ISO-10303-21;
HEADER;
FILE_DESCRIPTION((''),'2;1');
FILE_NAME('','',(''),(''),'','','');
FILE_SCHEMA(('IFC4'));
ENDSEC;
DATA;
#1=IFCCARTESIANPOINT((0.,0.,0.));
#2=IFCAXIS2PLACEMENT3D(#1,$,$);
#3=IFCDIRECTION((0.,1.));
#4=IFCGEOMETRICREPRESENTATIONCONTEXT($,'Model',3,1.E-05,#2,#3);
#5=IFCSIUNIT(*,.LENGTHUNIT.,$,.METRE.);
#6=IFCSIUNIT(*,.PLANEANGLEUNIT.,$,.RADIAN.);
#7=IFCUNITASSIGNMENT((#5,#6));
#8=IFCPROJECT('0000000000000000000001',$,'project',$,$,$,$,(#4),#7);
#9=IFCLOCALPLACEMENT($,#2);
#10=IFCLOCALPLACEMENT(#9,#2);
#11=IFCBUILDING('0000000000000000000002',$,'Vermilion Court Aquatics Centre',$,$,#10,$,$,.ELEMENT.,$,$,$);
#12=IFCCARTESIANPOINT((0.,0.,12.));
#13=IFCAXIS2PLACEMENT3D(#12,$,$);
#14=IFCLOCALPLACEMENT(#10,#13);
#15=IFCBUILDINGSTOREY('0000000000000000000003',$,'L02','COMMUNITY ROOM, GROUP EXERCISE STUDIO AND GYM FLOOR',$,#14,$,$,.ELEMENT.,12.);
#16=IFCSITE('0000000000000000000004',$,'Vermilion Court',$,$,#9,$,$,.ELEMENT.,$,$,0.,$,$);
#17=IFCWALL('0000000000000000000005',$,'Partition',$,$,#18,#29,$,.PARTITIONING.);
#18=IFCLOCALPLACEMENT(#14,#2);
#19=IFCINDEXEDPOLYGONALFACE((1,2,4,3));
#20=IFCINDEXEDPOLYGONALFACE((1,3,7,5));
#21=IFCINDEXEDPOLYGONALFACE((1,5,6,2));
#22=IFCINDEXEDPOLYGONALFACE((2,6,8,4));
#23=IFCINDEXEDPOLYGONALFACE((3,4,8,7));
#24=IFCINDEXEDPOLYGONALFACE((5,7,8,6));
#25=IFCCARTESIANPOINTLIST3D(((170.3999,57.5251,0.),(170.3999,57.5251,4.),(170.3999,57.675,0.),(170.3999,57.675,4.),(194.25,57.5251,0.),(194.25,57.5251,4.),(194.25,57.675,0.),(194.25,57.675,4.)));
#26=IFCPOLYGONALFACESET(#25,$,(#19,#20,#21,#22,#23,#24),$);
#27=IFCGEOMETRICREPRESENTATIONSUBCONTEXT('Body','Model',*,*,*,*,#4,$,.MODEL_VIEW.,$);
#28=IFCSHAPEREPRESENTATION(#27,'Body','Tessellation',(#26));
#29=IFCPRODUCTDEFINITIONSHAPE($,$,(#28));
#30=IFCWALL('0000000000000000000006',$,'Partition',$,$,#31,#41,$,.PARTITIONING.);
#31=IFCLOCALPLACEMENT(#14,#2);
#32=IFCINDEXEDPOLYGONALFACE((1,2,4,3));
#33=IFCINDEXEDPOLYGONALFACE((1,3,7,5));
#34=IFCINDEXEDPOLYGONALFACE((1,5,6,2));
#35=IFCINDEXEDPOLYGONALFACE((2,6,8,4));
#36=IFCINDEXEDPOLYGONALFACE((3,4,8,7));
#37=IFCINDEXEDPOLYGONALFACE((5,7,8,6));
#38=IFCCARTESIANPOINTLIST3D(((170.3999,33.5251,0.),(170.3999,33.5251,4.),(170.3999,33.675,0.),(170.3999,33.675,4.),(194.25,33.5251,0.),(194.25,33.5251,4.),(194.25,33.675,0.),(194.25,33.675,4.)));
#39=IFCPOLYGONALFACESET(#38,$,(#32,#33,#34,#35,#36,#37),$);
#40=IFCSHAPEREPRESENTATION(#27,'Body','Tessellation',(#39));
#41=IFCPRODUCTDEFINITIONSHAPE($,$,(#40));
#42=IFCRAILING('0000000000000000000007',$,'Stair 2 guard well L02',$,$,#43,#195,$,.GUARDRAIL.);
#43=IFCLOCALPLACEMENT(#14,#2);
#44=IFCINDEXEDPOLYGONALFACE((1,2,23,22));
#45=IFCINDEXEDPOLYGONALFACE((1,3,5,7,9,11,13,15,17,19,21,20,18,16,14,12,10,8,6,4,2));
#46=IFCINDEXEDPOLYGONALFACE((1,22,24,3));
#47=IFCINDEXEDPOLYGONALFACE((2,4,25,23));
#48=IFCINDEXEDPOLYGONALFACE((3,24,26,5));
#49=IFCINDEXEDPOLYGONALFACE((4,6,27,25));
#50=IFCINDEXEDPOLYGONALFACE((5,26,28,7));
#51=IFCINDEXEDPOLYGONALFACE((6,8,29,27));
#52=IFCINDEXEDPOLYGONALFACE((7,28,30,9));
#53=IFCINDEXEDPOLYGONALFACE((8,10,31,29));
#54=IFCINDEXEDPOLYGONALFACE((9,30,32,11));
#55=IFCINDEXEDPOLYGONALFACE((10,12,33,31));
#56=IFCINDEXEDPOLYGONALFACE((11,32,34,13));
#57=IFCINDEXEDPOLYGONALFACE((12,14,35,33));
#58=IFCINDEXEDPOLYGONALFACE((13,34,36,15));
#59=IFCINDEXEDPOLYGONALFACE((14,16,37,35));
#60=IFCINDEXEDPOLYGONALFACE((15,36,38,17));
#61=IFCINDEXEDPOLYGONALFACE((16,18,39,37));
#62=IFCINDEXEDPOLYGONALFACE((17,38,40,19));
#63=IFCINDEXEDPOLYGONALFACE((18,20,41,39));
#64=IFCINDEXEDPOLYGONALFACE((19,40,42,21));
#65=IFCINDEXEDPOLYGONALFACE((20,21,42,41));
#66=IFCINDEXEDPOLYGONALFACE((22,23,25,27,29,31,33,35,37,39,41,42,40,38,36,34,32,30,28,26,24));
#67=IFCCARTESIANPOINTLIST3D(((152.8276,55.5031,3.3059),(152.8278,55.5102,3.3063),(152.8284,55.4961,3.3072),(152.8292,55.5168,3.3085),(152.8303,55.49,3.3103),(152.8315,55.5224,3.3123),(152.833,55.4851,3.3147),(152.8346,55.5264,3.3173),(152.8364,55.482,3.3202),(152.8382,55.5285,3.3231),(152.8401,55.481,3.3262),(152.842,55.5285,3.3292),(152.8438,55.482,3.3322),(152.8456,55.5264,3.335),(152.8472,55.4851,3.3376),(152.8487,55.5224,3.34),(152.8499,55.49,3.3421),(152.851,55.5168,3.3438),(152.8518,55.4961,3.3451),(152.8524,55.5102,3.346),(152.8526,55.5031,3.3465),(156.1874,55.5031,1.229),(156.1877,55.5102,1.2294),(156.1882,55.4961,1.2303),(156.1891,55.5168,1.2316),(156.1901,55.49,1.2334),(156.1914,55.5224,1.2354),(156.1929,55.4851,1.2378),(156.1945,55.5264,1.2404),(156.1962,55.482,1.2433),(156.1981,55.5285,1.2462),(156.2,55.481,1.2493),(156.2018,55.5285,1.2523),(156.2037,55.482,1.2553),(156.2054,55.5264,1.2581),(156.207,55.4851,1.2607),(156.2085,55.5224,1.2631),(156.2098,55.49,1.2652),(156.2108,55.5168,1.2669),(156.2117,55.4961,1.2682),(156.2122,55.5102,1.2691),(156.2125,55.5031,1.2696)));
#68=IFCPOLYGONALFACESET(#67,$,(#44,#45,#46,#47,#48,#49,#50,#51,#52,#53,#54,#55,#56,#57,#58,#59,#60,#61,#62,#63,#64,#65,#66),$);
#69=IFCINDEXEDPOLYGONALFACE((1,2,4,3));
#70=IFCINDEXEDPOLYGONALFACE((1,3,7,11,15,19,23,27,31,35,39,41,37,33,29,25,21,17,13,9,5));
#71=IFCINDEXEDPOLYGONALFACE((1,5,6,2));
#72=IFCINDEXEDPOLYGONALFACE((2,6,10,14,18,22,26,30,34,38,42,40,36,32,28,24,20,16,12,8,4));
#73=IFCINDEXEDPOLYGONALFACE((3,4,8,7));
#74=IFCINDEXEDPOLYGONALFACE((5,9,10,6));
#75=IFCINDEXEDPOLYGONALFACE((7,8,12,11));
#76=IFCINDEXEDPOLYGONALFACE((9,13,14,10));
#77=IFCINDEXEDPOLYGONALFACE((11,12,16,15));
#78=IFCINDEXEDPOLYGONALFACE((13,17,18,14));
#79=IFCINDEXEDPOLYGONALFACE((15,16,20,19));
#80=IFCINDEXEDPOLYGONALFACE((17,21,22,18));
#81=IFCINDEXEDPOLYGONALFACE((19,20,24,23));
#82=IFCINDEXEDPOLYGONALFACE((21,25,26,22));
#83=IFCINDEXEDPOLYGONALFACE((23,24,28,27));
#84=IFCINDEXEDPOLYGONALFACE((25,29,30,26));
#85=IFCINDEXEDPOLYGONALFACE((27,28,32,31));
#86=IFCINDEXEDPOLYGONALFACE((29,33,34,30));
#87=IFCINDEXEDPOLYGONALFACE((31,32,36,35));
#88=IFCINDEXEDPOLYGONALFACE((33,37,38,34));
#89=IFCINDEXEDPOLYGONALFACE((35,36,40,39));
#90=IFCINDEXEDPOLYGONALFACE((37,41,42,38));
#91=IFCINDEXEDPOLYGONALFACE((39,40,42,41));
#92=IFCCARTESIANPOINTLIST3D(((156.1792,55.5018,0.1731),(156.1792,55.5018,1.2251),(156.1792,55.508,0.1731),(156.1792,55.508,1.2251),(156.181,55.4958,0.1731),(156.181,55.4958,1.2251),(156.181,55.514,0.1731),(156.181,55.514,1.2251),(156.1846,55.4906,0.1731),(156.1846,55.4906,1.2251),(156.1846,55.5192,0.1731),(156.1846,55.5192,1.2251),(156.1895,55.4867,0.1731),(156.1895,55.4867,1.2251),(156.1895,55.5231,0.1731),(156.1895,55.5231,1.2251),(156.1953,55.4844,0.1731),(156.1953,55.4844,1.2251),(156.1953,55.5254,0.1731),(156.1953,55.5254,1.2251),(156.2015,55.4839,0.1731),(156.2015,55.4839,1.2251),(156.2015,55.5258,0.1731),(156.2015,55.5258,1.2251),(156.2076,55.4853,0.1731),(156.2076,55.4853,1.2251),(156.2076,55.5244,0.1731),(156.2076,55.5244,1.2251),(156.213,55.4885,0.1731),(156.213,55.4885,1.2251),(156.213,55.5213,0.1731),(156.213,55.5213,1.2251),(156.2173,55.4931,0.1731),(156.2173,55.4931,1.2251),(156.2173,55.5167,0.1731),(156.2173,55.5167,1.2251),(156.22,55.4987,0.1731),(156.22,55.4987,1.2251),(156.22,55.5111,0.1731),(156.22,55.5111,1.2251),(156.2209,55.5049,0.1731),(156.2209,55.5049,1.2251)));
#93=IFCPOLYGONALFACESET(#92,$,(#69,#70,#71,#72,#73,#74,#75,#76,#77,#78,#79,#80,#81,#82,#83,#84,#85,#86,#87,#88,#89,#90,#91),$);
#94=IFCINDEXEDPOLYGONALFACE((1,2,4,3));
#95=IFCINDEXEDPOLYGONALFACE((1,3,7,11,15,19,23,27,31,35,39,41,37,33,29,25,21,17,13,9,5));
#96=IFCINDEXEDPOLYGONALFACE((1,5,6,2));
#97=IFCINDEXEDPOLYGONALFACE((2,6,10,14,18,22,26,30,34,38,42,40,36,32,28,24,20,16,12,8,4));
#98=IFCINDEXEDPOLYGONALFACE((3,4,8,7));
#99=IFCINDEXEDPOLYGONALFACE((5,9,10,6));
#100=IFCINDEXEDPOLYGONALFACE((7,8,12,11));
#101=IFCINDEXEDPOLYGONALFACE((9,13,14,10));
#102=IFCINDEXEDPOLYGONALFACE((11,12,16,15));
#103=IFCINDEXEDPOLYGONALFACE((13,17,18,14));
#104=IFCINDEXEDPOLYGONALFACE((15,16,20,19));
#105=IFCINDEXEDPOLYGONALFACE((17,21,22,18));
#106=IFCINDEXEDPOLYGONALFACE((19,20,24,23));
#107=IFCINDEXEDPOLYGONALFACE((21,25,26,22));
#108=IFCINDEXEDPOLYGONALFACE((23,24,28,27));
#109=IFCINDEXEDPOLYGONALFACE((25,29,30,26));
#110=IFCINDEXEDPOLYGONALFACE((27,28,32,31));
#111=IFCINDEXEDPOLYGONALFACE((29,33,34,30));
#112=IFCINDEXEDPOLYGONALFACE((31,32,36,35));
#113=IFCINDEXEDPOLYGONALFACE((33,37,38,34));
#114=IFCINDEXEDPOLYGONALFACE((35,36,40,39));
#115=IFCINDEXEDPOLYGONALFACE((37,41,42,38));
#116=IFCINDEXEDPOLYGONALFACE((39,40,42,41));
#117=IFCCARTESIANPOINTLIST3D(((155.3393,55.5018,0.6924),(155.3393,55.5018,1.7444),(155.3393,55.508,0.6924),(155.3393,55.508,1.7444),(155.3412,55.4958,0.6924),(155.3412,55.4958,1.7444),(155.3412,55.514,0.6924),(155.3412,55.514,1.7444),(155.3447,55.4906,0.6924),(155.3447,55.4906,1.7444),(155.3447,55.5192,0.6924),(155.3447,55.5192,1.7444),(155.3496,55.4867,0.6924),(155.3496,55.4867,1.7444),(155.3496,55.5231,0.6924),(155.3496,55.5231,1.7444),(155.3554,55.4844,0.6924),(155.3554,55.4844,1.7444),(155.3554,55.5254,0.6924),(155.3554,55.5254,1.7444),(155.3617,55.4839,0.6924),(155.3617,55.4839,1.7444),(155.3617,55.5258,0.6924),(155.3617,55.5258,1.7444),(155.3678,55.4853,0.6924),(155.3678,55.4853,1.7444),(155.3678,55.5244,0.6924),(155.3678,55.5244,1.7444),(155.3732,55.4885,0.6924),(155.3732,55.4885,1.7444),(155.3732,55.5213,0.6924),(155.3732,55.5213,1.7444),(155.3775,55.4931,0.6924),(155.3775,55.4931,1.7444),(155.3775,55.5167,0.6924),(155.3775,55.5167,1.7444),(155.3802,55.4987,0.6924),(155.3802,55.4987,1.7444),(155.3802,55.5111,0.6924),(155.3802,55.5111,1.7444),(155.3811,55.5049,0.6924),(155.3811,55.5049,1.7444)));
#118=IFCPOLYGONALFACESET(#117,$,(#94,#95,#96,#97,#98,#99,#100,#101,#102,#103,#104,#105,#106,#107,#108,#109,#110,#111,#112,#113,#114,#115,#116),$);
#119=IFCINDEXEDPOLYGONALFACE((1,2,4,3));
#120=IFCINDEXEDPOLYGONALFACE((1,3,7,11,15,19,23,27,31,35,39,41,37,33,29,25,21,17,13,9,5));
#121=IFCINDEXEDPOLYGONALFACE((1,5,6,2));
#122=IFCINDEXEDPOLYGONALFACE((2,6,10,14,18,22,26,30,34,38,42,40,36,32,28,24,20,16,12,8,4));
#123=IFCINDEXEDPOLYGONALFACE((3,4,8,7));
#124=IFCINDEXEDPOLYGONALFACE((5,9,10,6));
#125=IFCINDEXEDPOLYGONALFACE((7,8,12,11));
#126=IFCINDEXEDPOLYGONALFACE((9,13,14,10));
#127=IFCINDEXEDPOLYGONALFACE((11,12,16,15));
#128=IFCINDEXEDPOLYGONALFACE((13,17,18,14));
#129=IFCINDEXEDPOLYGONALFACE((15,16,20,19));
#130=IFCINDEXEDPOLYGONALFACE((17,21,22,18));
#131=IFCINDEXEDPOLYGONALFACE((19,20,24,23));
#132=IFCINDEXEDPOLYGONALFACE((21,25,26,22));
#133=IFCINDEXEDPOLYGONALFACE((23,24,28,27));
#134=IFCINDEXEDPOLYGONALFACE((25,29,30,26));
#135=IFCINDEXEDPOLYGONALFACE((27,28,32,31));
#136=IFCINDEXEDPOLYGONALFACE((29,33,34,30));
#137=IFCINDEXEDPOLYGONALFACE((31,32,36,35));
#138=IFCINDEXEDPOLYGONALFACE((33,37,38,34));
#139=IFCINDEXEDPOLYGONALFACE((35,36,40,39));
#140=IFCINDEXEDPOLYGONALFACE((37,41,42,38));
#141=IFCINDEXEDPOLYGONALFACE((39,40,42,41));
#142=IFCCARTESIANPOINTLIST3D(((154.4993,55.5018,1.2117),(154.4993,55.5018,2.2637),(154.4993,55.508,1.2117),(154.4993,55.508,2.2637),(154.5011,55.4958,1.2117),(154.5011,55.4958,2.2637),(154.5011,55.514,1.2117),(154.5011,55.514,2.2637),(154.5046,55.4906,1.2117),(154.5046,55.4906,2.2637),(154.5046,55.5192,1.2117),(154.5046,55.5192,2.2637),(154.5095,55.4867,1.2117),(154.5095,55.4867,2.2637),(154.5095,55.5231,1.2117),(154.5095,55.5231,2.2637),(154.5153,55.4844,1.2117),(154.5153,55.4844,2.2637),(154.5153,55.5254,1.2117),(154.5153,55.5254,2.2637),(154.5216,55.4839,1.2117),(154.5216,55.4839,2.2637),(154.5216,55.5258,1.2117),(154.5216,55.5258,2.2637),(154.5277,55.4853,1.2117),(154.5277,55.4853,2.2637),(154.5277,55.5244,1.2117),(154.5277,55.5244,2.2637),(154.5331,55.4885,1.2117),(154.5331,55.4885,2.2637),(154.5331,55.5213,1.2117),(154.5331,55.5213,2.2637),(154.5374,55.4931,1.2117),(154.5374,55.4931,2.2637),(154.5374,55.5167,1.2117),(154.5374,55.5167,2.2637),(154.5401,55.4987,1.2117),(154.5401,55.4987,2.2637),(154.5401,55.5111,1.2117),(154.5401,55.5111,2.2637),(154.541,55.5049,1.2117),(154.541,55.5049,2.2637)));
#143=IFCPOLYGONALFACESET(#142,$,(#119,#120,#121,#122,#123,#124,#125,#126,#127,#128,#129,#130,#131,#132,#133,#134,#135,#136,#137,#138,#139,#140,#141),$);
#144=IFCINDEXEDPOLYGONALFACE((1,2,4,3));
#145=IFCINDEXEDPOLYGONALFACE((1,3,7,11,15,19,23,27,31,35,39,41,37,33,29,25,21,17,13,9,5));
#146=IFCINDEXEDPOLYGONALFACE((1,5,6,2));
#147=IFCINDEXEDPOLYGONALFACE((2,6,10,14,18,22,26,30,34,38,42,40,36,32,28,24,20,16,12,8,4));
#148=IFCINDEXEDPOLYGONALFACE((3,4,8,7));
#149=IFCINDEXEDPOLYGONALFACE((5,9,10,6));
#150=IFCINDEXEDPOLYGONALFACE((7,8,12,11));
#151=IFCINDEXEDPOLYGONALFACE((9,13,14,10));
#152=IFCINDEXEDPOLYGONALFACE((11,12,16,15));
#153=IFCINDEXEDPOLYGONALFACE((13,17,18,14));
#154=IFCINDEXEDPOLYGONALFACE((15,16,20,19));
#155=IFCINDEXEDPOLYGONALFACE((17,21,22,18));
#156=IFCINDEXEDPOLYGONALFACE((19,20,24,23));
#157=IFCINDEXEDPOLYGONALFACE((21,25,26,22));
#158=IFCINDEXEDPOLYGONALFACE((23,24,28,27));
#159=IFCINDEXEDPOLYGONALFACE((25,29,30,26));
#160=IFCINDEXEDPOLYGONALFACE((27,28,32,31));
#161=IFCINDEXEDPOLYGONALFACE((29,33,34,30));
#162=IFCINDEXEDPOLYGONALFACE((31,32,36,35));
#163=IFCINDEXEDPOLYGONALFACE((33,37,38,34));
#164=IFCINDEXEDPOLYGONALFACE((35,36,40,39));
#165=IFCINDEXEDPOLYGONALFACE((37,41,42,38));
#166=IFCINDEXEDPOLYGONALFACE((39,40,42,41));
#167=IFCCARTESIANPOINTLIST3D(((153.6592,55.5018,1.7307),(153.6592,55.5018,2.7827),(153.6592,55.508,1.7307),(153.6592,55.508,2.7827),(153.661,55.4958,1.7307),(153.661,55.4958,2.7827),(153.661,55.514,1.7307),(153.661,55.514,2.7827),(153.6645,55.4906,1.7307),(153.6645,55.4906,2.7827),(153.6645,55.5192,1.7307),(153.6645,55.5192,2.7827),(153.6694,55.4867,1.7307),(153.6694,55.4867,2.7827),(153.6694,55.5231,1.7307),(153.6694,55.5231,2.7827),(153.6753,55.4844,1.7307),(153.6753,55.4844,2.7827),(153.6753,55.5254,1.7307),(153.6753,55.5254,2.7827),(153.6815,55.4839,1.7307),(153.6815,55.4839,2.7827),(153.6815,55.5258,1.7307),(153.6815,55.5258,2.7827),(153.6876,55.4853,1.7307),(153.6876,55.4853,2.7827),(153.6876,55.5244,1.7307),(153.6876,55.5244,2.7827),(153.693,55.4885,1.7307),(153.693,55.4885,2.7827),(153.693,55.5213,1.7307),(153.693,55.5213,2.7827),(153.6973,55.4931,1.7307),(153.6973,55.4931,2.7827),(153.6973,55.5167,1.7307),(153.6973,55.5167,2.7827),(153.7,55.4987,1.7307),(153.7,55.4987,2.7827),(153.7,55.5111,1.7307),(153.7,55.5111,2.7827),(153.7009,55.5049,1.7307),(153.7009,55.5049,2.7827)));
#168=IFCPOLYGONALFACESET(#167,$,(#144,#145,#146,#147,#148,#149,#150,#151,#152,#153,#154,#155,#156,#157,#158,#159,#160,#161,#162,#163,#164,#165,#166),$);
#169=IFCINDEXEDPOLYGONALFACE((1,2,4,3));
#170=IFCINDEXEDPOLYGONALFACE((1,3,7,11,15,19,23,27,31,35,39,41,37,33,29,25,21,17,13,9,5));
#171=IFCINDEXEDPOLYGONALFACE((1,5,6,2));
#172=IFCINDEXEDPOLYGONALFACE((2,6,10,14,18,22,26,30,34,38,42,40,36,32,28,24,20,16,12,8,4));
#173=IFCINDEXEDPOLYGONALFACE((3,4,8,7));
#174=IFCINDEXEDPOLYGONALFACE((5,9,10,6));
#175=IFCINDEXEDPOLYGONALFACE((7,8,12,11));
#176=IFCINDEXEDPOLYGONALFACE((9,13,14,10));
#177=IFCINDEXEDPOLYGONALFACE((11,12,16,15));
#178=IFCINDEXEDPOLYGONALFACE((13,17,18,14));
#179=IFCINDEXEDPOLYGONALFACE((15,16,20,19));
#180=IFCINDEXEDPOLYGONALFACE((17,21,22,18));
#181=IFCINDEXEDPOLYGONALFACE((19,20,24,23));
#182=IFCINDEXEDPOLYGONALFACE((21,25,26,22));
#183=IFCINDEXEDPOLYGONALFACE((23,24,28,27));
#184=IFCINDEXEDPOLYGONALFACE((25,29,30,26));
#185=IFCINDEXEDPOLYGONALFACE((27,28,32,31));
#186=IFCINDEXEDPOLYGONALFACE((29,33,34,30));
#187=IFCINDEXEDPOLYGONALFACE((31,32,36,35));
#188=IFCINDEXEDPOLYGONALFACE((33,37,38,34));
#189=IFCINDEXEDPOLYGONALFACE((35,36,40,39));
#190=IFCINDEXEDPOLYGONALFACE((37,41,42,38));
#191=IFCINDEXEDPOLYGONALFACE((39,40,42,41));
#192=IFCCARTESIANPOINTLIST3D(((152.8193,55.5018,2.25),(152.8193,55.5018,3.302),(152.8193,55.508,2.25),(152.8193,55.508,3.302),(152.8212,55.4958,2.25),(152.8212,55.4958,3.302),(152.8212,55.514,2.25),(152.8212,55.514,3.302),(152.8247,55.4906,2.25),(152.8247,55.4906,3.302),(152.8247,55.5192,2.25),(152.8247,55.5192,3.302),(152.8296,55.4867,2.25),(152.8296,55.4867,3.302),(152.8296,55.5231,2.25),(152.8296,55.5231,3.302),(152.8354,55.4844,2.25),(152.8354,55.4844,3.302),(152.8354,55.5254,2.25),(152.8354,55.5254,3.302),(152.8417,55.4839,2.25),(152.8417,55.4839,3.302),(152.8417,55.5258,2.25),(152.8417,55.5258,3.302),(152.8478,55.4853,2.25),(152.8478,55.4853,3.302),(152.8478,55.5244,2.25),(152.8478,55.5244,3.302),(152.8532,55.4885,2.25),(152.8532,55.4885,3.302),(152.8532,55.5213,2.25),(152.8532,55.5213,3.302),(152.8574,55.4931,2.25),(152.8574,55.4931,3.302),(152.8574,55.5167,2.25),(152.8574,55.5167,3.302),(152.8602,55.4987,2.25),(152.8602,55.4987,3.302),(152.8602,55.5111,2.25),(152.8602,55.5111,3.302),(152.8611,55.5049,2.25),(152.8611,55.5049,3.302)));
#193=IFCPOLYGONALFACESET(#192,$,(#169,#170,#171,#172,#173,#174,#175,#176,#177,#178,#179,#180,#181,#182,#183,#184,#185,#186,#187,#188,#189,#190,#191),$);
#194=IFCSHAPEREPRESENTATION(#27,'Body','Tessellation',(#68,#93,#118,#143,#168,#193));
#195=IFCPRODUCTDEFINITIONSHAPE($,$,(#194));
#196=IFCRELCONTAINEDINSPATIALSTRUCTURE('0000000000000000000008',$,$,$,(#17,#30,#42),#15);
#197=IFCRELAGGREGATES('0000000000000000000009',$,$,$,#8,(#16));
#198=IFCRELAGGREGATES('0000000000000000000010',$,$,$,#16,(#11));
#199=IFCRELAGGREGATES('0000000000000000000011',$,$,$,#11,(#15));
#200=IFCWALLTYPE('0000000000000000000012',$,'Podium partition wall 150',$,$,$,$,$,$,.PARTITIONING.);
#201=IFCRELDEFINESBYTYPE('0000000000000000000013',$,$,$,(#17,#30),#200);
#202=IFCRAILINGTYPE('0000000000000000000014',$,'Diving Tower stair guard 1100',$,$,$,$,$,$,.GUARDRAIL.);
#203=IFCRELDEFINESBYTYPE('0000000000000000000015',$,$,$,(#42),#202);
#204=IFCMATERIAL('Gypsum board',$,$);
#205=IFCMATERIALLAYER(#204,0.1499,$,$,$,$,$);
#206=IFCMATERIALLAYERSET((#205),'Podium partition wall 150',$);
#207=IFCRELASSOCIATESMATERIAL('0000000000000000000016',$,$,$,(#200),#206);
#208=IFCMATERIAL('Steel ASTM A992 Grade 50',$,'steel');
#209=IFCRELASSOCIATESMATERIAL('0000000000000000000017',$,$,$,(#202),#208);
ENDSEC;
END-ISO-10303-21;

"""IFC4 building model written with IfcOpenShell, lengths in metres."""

from ifc_helpers import new_model, si_unit, direction, frame, frame_2d, origin, origin_2d, place, context, subcontext, project, spatial, rectangle, circle, extrude, material, layer, layer_set, type_object, element, save


model = new_model("IFC4")

# Units and contexts
model_context = context("Model", 3, precision=1e-05, world=origin(), true_north=direction((0.0, 1.0)))
body_context = subcontext(model_context, "Body", "Model", "MODEL_VIEW")
ifc_project = project(units=[si_unit("LENGTHUNIT", "METRE"), si_unit("PLANEANGLEUNIT", "RADIAN")], contexts=[model_context])

# Site, building, storey
site_placement = place(None, origin())
site = spatial("IfcSite", under=ifc_project, at=site_placement, Name="Vermilion Court", CompositionType="ELEMENT", RefElevation=0.0)
building_placement = place(site_placement, origin())
building = spatial("IfcBuilding", under=site, at=building_placement, Name="Vermilion Court Aquatics Centre", CompositionType="ELEMENT")
storey_placement = place(building_placement, frame((0.0, 0.0, 12.0)))
storey = spatial("IfcBuildingStorey", under=building, at=storey_placement, Name="L02", Description="COMMUNITY ROOM, GROUP EXERCISE STUDIO AND GYM FLOOR", CompositionType="ELEMENT", Elevation=12.0)

# Walls
ifc_material_1 = material(Name="Gypsum board")
ifc_layer_1 = layer(ifc_material_1, 0.1499)
ifc_layer_set_1 = layer_set([ifc_layer_1], Name="Podium partition wall 150")
wall_type_1 = type_object("IfcWallType", Name="Podium partition wall 150", PredefinedType="PARTITIONING", material=ifc_layer_set_1)
for number, where, z_axis, x_axis, name in (
    (1, (170.3999, 57.6001, 0.0), (0.0, 0.0, 1.0), (1.0, 0.0, 0.0), "Partition"),
    (2, (170.3999, 33.6001, 0.0), (0.0, 0.0, 1.0), (1.0, 0.0, 0.0), "Partition"),
):
    element("IfcWall", number, at=place(storey_placement, frame(where, z_axis=z_axis, x_axis=x_axis)), inside=storey, type_object=wall_type_1, Name=name, PredefinedType="PARTITIONING", context=body_context, shape_type="SweptSolid", body=[
        extrude(rectangle(XDim=23.8501, YDim=0.1499, at=frame_2d((11.925, 0.0))), origin(), (0.0, 0.0, 1.0), 4.0),
    ])

# Railing
ifc_material_2 = material(Name="Steel ASTM A992 Grade 50", Category="steel")
railing_type_1 = type_object("IfcRailingType", Name="Diving Tower stair guard 1100", PredefinedType="GUARDRAIL", material=ifc_material_2)
railing_1_placement = place(storey_placement, frame((156.2, 55.5049, 0.1731)))
element("IfcRailing", 3, at=railing_1_placement, inside=storey, type_object=railing_type_1, Name="Stair 2 guard well L02", PredefinedType="GUARDRAIL", context=body_context, shape_type="SweptSolid", body=[
    extrude(circle(Radius=0.0239, at=origin_2d()), frame((0.0, 0.0, 1.0762), z_axis=(-0.850606, 0.0, 0.525803), x_axis=(0.0, -1.0, 0.0)), (0.0, 0.0, 1.0), 3.95),
    extrude(circle(Radius=0.021, at=origin_2d()), origin(), (0.0, 0.0, 1.0), 1.052),
    extrude(circle(Radius=0.021, at=origin_2d()), frame((-0.8398, 0.0, 0.5193)), (0.0, 0.0, 1.0), 1.052),
    extrude(circle(Radius=0.021, at=origin_2d()), frame((-1.6799, 0.0, 1.0386)), (0.0, 0.0, 1.0), 1.052),
    extrude(circle(Radius=0.021, at=origin_2d()), frame((-2.52, 0.0, 1.5576)), (0.0, 0.0, 1.0), 1.052),
    extrude(circle(Radius=0.021, at=origin_2d()), frame((-3.3599, 0.0, 2.0769)), (0.0, 0.0, 1.0), 1.052),
])

save(model, "model.ifc")
